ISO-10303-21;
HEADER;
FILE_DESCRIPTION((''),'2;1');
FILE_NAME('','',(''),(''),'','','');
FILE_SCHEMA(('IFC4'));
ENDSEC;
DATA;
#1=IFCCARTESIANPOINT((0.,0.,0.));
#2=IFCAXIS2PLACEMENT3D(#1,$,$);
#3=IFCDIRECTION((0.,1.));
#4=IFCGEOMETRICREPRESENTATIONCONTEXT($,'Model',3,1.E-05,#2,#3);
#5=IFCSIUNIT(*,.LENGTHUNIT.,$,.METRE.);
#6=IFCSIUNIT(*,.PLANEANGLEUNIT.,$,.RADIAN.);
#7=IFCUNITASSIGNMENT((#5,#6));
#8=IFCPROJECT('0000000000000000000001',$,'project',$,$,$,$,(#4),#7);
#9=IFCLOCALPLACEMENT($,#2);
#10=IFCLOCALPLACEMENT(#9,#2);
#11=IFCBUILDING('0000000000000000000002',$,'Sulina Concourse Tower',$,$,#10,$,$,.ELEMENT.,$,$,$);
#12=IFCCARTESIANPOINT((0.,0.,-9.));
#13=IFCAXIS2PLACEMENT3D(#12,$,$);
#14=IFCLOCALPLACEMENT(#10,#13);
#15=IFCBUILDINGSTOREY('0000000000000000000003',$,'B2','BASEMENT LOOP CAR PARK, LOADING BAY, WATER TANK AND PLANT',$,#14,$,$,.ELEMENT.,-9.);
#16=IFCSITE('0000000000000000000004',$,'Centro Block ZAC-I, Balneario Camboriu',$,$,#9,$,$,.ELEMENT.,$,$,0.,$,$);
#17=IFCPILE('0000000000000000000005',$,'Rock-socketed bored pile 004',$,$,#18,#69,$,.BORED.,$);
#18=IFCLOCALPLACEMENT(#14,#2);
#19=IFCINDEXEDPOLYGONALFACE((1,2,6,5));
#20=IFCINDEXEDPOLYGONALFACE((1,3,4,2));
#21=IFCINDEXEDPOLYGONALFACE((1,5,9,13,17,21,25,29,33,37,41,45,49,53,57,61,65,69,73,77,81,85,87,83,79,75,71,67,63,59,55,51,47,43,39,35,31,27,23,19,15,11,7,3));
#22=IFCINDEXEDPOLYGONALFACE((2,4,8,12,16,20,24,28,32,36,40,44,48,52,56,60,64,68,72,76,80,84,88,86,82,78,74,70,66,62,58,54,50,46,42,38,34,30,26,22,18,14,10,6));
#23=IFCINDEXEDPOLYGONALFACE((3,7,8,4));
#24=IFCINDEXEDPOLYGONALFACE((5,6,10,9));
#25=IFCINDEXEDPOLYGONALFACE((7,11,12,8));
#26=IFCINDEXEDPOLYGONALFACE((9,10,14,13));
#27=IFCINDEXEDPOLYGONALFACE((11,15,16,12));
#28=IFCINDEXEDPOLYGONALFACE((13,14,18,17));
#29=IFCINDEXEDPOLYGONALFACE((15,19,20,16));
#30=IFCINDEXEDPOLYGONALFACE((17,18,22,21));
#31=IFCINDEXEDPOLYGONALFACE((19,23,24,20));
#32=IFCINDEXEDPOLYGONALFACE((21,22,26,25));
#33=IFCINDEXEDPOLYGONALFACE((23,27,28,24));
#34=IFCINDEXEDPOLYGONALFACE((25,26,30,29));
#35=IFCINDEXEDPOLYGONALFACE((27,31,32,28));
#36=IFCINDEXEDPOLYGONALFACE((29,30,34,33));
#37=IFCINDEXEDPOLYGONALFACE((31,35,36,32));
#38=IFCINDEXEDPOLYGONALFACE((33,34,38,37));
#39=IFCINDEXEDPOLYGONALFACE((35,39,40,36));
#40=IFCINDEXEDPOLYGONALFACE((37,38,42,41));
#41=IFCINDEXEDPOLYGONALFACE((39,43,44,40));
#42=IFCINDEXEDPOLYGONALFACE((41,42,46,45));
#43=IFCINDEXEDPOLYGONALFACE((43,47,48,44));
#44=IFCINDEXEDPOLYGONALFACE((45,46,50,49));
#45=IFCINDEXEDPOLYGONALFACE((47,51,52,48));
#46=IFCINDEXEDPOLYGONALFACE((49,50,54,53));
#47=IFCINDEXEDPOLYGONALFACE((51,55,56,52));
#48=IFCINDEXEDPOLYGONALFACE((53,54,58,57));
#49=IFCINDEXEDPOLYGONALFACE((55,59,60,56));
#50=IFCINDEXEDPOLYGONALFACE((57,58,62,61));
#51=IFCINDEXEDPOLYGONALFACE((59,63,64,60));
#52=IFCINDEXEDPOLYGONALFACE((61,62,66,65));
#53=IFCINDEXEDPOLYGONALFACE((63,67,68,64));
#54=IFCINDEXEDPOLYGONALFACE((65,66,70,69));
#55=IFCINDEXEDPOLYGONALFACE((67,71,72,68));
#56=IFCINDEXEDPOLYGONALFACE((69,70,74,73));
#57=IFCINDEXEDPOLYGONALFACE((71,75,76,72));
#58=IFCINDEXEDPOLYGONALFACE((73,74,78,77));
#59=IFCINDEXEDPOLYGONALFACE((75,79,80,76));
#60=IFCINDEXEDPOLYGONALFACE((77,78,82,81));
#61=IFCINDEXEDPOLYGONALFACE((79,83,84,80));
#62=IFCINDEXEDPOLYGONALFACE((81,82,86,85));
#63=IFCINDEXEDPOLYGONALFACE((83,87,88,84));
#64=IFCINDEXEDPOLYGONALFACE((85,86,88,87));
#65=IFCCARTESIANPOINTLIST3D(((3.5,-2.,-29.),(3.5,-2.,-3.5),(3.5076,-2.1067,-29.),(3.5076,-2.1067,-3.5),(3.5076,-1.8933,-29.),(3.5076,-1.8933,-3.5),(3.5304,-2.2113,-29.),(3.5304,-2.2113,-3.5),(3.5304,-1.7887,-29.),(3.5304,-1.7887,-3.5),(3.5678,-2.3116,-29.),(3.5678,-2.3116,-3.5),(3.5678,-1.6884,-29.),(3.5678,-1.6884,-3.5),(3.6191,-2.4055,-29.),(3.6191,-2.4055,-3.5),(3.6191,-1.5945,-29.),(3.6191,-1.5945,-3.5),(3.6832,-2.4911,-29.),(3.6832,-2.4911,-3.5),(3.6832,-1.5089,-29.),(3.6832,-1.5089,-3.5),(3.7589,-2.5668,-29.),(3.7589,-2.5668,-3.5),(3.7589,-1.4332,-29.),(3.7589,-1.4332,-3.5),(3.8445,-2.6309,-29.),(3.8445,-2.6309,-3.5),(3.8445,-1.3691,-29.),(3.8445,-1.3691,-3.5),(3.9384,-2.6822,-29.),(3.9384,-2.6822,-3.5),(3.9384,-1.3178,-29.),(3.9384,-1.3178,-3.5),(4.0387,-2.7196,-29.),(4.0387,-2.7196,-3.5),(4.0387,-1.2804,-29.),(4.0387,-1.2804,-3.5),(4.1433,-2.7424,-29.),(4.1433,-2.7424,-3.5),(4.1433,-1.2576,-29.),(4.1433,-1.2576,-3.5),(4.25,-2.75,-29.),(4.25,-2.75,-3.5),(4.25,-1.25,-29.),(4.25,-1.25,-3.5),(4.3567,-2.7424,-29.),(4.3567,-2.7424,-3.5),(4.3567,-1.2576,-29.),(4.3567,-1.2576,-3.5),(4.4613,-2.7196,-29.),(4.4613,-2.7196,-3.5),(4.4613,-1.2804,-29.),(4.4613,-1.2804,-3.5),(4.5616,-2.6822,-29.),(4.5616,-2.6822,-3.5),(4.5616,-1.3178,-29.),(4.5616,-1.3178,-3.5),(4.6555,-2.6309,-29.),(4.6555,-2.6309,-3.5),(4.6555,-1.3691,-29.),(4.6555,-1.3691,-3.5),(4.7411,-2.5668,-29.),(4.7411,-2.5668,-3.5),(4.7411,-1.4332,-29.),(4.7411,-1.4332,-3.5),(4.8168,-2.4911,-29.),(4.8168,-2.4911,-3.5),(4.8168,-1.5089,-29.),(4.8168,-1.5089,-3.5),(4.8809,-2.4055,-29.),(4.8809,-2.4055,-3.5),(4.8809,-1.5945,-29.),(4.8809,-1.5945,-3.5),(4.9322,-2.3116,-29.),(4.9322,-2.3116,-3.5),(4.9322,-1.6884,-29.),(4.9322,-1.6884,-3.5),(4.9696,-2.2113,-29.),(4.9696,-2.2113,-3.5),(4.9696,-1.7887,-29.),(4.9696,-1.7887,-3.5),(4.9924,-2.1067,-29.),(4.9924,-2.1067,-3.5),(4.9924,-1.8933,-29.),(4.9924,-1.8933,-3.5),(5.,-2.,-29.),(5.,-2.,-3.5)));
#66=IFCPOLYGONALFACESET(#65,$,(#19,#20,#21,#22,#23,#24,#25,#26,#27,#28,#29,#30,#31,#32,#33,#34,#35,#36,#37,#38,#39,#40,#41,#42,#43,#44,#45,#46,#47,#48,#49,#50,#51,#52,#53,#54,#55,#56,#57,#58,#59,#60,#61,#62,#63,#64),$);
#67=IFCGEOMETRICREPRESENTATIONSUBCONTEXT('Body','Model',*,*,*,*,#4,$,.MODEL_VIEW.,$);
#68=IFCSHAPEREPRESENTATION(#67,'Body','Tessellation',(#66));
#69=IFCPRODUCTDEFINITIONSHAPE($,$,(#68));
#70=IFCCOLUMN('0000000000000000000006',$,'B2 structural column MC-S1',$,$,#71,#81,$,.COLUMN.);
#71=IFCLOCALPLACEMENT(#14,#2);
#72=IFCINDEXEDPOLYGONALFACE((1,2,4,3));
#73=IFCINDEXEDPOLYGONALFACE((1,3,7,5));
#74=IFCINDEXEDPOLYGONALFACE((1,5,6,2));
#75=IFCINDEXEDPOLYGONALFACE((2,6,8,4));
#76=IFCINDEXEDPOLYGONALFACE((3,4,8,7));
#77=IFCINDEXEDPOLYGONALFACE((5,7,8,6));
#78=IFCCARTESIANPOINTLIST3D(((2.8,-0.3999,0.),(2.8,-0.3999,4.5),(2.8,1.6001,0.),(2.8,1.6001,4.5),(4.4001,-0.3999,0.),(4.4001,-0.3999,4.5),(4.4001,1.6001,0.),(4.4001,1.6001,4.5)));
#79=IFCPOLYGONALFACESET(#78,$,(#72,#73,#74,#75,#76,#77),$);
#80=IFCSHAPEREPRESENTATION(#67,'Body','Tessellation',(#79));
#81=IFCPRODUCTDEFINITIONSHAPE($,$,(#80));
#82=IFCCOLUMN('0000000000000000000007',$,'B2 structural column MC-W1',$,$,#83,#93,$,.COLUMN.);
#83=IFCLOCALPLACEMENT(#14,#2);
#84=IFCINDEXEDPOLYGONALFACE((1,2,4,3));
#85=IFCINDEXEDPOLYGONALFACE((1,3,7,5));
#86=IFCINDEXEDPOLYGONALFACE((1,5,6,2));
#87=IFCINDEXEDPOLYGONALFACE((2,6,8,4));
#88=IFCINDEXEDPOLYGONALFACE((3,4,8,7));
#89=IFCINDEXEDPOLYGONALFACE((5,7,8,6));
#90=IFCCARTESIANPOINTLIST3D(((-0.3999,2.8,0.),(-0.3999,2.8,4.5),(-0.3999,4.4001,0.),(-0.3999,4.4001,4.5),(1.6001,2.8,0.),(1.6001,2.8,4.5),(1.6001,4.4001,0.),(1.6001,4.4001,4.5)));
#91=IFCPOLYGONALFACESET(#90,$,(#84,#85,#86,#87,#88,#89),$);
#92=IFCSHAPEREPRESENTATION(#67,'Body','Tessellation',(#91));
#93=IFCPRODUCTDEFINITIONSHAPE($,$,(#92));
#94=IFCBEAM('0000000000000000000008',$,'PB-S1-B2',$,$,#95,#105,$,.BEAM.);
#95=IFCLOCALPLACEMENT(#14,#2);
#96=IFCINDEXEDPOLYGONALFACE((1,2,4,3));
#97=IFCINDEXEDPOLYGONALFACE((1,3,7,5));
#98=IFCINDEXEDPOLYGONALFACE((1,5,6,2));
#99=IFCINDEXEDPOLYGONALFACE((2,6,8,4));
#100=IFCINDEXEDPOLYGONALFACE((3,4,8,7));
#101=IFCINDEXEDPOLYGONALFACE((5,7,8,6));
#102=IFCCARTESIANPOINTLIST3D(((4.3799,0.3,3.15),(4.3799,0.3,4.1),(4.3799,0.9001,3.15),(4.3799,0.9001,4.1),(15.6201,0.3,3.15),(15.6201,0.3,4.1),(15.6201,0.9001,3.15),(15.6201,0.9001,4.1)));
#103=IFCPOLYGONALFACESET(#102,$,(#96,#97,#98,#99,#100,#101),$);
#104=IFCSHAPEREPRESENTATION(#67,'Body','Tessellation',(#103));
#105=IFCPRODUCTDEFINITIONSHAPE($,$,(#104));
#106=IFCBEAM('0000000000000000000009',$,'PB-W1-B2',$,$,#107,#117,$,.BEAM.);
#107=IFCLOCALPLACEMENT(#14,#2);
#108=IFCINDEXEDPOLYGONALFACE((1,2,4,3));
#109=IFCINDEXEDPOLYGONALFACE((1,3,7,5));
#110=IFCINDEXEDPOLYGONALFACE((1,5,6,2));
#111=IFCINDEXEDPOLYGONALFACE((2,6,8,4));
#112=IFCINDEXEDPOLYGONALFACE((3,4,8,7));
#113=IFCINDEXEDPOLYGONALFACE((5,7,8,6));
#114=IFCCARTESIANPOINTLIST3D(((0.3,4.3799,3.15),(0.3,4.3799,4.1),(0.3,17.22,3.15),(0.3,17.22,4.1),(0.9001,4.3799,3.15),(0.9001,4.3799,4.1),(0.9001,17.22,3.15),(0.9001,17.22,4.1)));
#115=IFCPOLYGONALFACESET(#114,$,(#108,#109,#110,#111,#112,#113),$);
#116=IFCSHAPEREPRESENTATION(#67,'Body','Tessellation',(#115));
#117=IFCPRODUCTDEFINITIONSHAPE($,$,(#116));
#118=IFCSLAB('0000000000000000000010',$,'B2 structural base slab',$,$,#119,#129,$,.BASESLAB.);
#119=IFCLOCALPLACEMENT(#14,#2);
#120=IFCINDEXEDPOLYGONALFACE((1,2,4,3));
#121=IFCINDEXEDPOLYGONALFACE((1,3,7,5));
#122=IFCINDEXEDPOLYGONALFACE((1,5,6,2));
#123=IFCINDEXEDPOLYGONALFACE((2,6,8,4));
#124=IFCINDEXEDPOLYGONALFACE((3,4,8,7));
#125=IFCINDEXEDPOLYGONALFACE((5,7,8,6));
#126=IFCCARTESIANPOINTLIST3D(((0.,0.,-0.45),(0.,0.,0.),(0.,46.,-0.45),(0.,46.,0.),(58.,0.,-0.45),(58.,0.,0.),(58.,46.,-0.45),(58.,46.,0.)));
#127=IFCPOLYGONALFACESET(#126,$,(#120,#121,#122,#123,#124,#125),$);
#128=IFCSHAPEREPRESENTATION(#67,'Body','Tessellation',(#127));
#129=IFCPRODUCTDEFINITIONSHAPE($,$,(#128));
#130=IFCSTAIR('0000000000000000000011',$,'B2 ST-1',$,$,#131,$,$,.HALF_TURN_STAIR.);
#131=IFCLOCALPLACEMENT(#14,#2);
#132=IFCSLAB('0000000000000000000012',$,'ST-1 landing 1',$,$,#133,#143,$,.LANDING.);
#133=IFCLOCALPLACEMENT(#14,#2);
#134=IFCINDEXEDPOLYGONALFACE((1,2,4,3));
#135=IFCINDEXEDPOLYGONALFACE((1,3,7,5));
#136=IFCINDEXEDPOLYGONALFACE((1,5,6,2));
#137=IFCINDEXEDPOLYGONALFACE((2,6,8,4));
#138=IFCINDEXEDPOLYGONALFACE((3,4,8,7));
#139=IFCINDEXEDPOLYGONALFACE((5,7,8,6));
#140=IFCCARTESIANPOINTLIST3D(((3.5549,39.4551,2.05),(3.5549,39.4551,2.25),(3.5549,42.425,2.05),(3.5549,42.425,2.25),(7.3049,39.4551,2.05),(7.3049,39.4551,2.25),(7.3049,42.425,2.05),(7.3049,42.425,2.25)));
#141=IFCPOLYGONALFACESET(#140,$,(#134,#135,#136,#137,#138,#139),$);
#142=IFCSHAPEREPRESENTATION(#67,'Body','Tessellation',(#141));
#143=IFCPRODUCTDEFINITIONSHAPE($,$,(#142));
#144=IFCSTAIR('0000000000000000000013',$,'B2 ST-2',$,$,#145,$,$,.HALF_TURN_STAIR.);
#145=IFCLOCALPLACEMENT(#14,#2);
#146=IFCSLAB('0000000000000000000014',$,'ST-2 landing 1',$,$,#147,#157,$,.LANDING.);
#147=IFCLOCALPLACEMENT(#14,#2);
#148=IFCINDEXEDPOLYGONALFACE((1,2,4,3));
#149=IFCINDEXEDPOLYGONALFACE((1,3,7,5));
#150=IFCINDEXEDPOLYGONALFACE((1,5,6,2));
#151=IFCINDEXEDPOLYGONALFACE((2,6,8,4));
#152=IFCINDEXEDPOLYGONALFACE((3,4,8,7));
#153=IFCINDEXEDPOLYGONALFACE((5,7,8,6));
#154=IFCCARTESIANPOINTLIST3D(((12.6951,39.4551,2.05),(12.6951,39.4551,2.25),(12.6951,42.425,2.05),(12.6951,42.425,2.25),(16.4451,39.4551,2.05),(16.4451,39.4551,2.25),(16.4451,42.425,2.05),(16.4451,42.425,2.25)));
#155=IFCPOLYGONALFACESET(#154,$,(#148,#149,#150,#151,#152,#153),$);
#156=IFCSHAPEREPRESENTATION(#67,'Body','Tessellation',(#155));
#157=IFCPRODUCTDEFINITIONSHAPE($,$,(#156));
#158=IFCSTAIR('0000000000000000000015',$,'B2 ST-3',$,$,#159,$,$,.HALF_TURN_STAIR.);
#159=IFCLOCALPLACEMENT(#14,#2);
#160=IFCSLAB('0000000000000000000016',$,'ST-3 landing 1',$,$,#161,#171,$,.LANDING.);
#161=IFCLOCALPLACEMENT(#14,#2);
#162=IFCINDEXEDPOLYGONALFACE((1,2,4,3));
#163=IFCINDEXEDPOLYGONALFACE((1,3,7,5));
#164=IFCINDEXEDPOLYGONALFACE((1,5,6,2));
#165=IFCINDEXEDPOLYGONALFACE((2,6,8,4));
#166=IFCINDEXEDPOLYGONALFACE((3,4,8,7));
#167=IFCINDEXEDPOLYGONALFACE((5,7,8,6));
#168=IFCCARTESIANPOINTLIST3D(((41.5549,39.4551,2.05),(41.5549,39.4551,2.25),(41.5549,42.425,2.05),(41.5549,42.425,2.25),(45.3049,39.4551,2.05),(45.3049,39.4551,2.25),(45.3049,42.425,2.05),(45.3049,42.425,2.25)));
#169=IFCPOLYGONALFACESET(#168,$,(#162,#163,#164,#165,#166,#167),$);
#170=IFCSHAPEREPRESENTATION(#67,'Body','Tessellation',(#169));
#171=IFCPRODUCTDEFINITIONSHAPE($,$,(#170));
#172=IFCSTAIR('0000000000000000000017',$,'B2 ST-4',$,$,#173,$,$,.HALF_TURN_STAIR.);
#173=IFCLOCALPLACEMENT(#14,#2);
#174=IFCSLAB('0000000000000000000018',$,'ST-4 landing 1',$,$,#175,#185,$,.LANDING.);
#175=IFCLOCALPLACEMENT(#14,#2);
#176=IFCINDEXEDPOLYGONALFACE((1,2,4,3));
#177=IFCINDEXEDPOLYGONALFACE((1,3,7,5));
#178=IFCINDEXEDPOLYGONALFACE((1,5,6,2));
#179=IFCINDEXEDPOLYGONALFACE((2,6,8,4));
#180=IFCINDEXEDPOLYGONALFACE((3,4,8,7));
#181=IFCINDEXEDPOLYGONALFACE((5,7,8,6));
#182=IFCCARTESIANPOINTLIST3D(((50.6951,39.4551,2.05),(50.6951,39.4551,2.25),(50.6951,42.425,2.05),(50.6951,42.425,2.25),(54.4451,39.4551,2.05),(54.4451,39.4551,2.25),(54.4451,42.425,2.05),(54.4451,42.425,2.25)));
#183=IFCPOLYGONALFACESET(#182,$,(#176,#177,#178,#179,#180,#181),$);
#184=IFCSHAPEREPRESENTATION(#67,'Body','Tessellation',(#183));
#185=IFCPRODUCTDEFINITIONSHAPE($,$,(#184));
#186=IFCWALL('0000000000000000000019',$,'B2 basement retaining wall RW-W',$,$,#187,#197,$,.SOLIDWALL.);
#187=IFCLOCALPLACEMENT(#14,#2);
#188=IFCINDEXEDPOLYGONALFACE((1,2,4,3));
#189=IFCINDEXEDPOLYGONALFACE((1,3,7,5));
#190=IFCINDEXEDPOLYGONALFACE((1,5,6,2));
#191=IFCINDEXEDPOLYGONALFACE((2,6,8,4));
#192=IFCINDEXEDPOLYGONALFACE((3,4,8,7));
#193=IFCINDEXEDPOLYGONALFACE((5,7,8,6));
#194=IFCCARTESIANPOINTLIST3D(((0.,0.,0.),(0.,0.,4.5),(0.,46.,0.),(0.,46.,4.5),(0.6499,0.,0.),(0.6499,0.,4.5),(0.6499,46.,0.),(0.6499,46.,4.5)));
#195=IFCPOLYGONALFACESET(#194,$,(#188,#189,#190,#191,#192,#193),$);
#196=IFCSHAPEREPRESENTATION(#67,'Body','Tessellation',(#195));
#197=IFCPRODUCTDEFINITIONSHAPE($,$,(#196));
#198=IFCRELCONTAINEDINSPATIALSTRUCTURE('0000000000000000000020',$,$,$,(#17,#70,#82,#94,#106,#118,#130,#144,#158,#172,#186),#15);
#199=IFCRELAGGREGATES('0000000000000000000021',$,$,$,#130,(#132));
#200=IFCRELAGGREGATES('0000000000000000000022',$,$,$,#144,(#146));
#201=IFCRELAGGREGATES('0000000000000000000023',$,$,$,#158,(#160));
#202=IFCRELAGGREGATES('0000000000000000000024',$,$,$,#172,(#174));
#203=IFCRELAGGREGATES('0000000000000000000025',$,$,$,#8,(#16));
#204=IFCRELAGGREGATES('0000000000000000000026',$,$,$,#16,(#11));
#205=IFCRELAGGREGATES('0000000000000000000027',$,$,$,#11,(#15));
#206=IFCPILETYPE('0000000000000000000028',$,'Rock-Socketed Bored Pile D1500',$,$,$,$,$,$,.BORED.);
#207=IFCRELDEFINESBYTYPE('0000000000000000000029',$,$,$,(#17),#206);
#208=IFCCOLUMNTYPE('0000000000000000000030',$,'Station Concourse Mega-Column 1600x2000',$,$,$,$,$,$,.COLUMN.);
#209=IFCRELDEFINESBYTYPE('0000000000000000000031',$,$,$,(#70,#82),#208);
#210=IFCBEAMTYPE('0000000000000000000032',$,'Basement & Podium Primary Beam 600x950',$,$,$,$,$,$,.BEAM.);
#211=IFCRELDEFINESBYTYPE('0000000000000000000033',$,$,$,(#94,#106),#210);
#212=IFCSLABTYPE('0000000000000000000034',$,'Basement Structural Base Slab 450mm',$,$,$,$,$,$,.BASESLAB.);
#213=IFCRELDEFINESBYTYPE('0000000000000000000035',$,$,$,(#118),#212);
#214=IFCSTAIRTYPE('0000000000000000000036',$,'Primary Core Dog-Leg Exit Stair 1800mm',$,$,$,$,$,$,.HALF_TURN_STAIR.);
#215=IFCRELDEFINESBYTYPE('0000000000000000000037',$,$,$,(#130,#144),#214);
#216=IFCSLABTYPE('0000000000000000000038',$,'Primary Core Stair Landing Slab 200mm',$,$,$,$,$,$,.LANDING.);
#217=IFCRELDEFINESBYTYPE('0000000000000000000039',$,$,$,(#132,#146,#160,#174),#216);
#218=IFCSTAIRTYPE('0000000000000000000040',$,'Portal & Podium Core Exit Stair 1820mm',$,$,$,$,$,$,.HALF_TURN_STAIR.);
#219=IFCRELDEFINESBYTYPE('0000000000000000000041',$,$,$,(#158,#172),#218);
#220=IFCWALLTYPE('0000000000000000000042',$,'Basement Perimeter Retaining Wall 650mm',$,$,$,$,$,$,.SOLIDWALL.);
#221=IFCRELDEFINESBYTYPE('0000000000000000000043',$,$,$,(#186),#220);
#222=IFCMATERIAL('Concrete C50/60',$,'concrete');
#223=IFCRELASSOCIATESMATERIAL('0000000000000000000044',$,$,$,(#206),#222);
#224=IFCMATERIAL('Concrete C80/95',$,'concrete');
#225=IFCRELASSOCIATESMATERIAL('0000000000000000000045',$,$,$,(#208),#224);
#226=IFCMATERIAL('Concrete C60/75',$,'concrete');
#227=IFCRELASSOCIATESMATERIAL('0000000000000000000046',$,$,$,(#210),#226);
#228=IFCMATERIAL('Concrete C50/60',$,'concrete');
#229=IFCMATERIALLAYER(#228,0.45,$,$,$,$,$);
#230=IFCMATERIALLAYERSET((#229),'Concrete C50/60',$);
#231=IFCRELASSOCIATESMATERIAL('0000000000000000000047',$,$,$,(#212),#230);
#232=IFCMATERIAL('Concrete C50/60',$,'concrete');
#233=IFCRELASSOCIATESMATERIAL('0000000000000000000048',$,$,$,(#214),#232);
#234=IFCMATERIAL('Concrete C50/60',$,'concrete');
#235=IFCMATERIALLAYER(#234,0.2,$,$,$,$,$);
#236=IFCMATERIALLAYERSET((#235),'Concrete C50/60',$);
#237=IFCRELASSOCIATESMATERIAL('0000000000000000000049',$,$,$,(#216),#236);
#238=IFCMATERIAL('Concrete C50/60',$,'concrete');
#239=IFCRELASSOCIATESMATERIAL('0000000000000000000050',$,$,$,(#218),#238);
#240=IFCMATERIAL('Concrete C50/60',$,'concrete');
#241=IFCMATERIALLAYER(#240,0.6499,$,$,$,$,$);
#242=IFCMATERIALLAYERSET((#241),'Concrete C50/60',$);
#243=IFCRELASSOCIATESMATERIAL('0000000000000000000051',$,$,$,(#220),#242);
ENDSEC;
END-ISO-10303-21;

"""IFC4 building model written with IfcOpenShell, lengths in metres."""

from ifc_helpers import new_model, si_unit, direction, frame, frame_2d, origin, origin_2d, place, context, subcontext, project, spatial, polyline, rectangle, circle, outline, extrude, material, layer, layer_set, material_profile, profile_set, type_object, element, aggregate, save


model = new_model("IFC4")

# Units and contexts
model_context = context("Model", 3, precision=1e-05, world=origin(), true_north=direction((0.0, 1.0)))
body_context = subcontext(model_context, "Body", "Model", "MODEL_VIEW")
ifc_project = project(units=[si_unit("LENGTHUNIT", "METRE"), si_unit("PLANEANGLEUNIT", "RADIAN")], contexts=[model_context])

# Site, building, storey
site_placement = place(None, origin())
site = spatial("IfcSite", under=ifc_project, at=site_placement, Name="Centro Block ZAC-I, Balneario Camboriu", CompositionType="ELEMENT", RefElevation=0.0)
building_placement = place(site_placement, origin())
building = spatial("IfcBuilding", under=site, at=building_placement, Name="Sulina Concourse Tower", CompositionType="ELEMENT")
storey_placement = place(building_placement, frame((0.0, 0.0, -9.0)))
storey = spatial("IfcBuildingStorey", under=building, at=storey_placement, Name="B2", Description="BASEMENT LOOP CAR PARK, LOADING BAY, WATER TANK AND PLANT", CompositionType="ELEMENT", Elevation=-9.0)

# Pile
ifc_material_1 = material(Name="Concrete C50/60", Category="concrete")
ifc_material_profile_1 = material_profile(ifc_material_1, circle(Radius=0.75, at=origin_2d()), Name="PILE D1500")
ifc_profile_set_1 = profile_set([ifc_material_profile_1], Name="Concrete C50/60")
pile_type_1 = type_object("IfcPileType", Name="Rock-Socketed Bored Pile D1500", PredefinedType="BORED", material=ifc_profile_set_1)
for number, where, z_axis, x_axis, name in (
    (1, (4.25, -2.0, -3.5), (0.0, 0.0, -1.0), (1.0, 0.0, 0.0), "Rock-socketed bored pile 004"),
):
    element("IfcPile", number, at=place(storey_placement, frame(where, z_axis=z_axis, x_axis=x_axis)), inside=storey, type_object=pile_type_1, Name=name, PredefinedType="BORED", context=body_context, shape_type="SweptSolid", body=[
        extrude(circle(Radius=0.75, at=origin_2d()), origin(), (0.0, 0.0, 1.0), 25.5),
    ])

# Columns
ifc_material_2 = material(Name="Concrete C80/95", Category="concrete")
ifc_material_profile_2 = material_profile(ifc_material_2, rectangle(XDim=1.6001, YDim=2.0, at=origin_2d()), Name="RC 1600x2000")
ifc_profile_set_2 = profile_set([ifc_material_profile_2], Name="Concrete C80/95")
column_type = type_object("IfcColumnType", Name="Station Concourse Mega-Column 1600x2000", PredefinedType="COLUMN", material=ifc_profile_set_2)
for number, where, z_axis, x_axis, name in (
    (2, (3.6001, 0.6001, 0.0), (0.0, 0.0, 1.0), (1.0, 0.0, 0.0), "B2 structural column MC-S1"),
    (3, (0.6001, 3.6001, 0.0), (0.0, 0.0, 1.0), (0.0, 1.0, 0.0), "B2 structural column MC-W1"),
):
    element("IfcColumn", number, at=place(storey_placement, frame(where, z_axis=z_axis, x_axis=x_axis)), inside=storey, type_object=column_type, Name=name, PredefinedType="COLUMN", context=body_context, shape_type="SweptSolid", body=[
        extrude(rectangle(XDim=1.6001, YDim=2.0, at=origin_2d()), origin(), (0.0, 0.0, 1.0), 4.5),
    ])

# Beams
ifc_material_3 = material(Name="Concrete C60/75", Category="concrete")
ifc_material_profile_3 = material_profile(ifc_material_3, rectangle(XDim=0.6001, YDim=0.95, at=origin_2d()), Name="RC 600x950")
ifc_profile_set_3 = profile_set([ifc_material_profile_3], Name="Concrete C60/75")
beam_type = type_object("IfcBeamType", Name="Basement & Podium Primary Beam 600x950", PredefinedType="BEAM", material=ifc_profile_set_3)
beam_1_placement = place(storey_placement, frame((4.3799, 0.6001, 3.625), z_axis=(1.0, 0.0, 0.0), x_axis=(0.0, 1.0, 0.0)))
element("IfcBeam", 4, at=beam_1_placement, inside=storey, type_object=beam_type, Name="PB-S1-B2", PredefinedType="BEAM", context=body_context, shape_type="SweptSolid", body=[
    extrude(rectangle(XDim=0.6001, YDim=0.95, at=origin_2d()), origin(), (0.0, 0.0, 1.0), 11.2402),
])
beam_2_placement = place(storey_placement, frame((0.6001, 4.3799, 3.625), z_axis=(0.0, 1.0, 0.0), x_axis=(-1.0, 0.0, 0.0)))
element("IfcBeam", 5, at=beam_2_placement, inside=storey, type_object=beam_type, Name="PB-W1-B2", PredefinedType="BEAM", context=body_context, shape_type="SweptSolid", body=[
    extrude(rectangle(XDim=0.6001, YDim=0.95, at=origin_2d()), origin(), (0.0, 0.0, 1.0), 12.8401),
])

# Slab
ifc_material_4 = material(Name="Concrete C50/60", Category="concrete")
ifc_layer_1 = layer(ifc_material_4, 0.45)
ifc_layer_set_1 = layer_set([ifc_layer_1], Name="Concrete C50/60")
slab_type_1 = type_object("IfcSlabType", Name="Basement Structural Base Slab 450mm", PredefinedType="BASESLAB", material=ifc_layer_set_1)
slab_1_placement = place(storey_placement, frame((0.0, 0.0, -0.45)))
element("IfcSlab", 6, at=slab_1_placement, inside=storey, type_object=slab_type_1, Name="B2 structural base slab", PredefinedType="BASESLAB", context=body_context, shape_type="SweptSolid", body=[
    extrude(outline(polyline([(0.0, 0.0), (58.0, 0.0), (58.0, 46.0), (0.0, 46.0), (0.0, 0.0)])), origin(), (0.0, 0.0, 1.0), 0.45),
])

# Stairs, slabs
ifc_material_5 = material(Name="Concrete C50/60", Category="concrete")
stair_type_1 = type_object("IfcStairType", Name="Primary Core Dog-Leg Exit Stair 1800mm", PredefinedType="HALF_TURN_STAIR", material=ifc_material_5)
stair_1_placement = place(storey_placement, origin())
stair_1 = element("IfcStair", 7, at=stair_1_placement, inside=storey, type_object=stair_type_1, Name="B2 ST-1", PredefinedType="HALF_TURN_STAIR")
ifc_material_6 = material(Name="Concrete C50/60", Category="concrete")
ifc_layer_2 = layer(ifc_material_6, 0.2)
ifc_layer_set_2 = layer_set([ifc_layer_2], Name="Concrete C50/60")
slab_type_2 = type_object("IfcSlabType", Name="Primary Core Stair Landing Slab 200mm", PredefinedType="LANDING", material=ifc_layer_set_2)
slab_2_placement = place(storey_placement, frame((0.0, 0.0, 2.05)))
slab_2 = element("IfcSlab", 8, at=slab_2_placement, type_object=slab_type_2, Name="ST-1 landing 1", PredefinedType="LANDING", context=body_context, shape_type="SweptSolid", body=[
    extrude(outline(polyline([(7.3049, 39.4551), (7.3049, 42.425), (3.5549, 42.425), (3.5549, 39.4551), (7.3049, 39.4551)])), origin(), (0.0, 0.0, 1.0), 0.2),
])
aggregate(stair_1, [slab_2])
stair_2_placement = place(storey_placement, origin())
stair_2 = element("IfcStair", 9, at=stair_2_placement, inside=storey, type_object=stair_type_1, Name="B2 ST-2", PredefinedType="HALF_TURN_STAIR")
slab_3_placement = place(storey_placement, frame((0.0, 0.0, 2.05)))
slab_3 = element("IfcSlab", 10, at=slab_3_placement, type_object=slab_type_2, Name="ST-2 landing 1", PredefinedType="LANDING", context=body_context, shape_type="SweptSolid", body=[
    extrude(outline(polyline([(16.4451, 39.4551), (16.4451, 42.425), (12.6951, 42.425), (12.6951, 39.4551), (16.4451, 39.4551)])), origin(), (0.0, 0.0, 1.0), 0.2),
])
aggregate(stair_2, [slab_3])
ifc_material_7 = material(Name="Concrete C50/60", Category="concrete")
stair_type_2 = type_object("IfcStairType", Name="Portal & Podium Core Exit Stair 1820mm", PredefinedType="HALF_TURN_STAIR", material=ifc_material_7)
stair_3_placement = place(storey_placement, origin())
stair_3 = element("IfcStair", 11, at=stair_3_placement, inside=storey, type_object=stair_type_2, Name="B2 ST-3", PredefinedType="HALF_TURN_STAIR")
slab_4_placement = place(storey_placement, frame((0.0, 0.0, 2.05)))
slab_4 = element("IfcSlab", 12, at=slab_4_placement, type_object=slab_type_2, Name="ST-3 landing 1", PredefinedType="LANDING", context=body_context, shape_type="SweptSolid", body=[
    extrude(outline(polyline([(45.3049, 39.4551), (45.3049, 42.425), (41.5549, 42.425), (41.5549, 39.4551), (45.3049, 39.4551)])), origin(), (0.0, 0.0, 1.0), 0.2),
])
aggregate(stair_3, [slab_4])
stair_4_placement = place(storey_placement, origin())
stair_4 = element("IfcStair", 13, at=stair_4_placement, inside=storey, type_object=stair_type_2, Name="B2 ST-4", PredefinedType="HALF_TURN_STAIR")
slab_5_placement = place(storey_placement, frame((0.0, 0.0, 2.05)))
slab_5 = element("IfcSlab", 14, at=slab_5_placement, type_object=slab_type_2, Name="ST-4 landing 1", PredefinedType="LANDING", context=body_context, shape_type="SweptSolid", body=[
    extrude(outline(polyline([(54.4451, 39.4551), (54.4451, 42.425), (50.6951, 42.425), (50.6951, 39.4551), (54.4451, 39.4551)])), origin(), (0.0, 0.0, 1.0), 0.2),
])
aggregate(stair_4, [slab_5])

# Wall
ifc_material_8 = material(Name="Concrete C50/60", Category="concrete")
ifc_layer_3 = layer(ifc_material_8, 0.6499)
ifc_layer_set_3 = layer_set([ifc_layer_3], Name="Concrete C50/60")
wall_type = type_object("IfcWallType", Name="Basement Perimeter Retaining Wall 650mm", PredefinedType="SOLIDWALL", material=ifc_layer_set_3)
wall_placement = place(storey_placement, frame((0.325, 0.0, 0.0), z_axis=(0.0, 0.0, 1.0), x_axis=(0.0, 1.0, 0.0)))
element("IfcWall", 15, at=wall_placement, inside=storey, type_object=wall_type, Name="B2 basement retaining wall RW-W", PredefinedType="SOLIDWALL", context=body_context, shape_type="SweptSolid", body=[
    extrude(rectangle(XDim=46.0, YDim=0.6499, at=frame_2d((23.0, 0.0))), origin(), (0.0, 0.0, 1.0), 4.5),
])

save(model, "model.ifc")
